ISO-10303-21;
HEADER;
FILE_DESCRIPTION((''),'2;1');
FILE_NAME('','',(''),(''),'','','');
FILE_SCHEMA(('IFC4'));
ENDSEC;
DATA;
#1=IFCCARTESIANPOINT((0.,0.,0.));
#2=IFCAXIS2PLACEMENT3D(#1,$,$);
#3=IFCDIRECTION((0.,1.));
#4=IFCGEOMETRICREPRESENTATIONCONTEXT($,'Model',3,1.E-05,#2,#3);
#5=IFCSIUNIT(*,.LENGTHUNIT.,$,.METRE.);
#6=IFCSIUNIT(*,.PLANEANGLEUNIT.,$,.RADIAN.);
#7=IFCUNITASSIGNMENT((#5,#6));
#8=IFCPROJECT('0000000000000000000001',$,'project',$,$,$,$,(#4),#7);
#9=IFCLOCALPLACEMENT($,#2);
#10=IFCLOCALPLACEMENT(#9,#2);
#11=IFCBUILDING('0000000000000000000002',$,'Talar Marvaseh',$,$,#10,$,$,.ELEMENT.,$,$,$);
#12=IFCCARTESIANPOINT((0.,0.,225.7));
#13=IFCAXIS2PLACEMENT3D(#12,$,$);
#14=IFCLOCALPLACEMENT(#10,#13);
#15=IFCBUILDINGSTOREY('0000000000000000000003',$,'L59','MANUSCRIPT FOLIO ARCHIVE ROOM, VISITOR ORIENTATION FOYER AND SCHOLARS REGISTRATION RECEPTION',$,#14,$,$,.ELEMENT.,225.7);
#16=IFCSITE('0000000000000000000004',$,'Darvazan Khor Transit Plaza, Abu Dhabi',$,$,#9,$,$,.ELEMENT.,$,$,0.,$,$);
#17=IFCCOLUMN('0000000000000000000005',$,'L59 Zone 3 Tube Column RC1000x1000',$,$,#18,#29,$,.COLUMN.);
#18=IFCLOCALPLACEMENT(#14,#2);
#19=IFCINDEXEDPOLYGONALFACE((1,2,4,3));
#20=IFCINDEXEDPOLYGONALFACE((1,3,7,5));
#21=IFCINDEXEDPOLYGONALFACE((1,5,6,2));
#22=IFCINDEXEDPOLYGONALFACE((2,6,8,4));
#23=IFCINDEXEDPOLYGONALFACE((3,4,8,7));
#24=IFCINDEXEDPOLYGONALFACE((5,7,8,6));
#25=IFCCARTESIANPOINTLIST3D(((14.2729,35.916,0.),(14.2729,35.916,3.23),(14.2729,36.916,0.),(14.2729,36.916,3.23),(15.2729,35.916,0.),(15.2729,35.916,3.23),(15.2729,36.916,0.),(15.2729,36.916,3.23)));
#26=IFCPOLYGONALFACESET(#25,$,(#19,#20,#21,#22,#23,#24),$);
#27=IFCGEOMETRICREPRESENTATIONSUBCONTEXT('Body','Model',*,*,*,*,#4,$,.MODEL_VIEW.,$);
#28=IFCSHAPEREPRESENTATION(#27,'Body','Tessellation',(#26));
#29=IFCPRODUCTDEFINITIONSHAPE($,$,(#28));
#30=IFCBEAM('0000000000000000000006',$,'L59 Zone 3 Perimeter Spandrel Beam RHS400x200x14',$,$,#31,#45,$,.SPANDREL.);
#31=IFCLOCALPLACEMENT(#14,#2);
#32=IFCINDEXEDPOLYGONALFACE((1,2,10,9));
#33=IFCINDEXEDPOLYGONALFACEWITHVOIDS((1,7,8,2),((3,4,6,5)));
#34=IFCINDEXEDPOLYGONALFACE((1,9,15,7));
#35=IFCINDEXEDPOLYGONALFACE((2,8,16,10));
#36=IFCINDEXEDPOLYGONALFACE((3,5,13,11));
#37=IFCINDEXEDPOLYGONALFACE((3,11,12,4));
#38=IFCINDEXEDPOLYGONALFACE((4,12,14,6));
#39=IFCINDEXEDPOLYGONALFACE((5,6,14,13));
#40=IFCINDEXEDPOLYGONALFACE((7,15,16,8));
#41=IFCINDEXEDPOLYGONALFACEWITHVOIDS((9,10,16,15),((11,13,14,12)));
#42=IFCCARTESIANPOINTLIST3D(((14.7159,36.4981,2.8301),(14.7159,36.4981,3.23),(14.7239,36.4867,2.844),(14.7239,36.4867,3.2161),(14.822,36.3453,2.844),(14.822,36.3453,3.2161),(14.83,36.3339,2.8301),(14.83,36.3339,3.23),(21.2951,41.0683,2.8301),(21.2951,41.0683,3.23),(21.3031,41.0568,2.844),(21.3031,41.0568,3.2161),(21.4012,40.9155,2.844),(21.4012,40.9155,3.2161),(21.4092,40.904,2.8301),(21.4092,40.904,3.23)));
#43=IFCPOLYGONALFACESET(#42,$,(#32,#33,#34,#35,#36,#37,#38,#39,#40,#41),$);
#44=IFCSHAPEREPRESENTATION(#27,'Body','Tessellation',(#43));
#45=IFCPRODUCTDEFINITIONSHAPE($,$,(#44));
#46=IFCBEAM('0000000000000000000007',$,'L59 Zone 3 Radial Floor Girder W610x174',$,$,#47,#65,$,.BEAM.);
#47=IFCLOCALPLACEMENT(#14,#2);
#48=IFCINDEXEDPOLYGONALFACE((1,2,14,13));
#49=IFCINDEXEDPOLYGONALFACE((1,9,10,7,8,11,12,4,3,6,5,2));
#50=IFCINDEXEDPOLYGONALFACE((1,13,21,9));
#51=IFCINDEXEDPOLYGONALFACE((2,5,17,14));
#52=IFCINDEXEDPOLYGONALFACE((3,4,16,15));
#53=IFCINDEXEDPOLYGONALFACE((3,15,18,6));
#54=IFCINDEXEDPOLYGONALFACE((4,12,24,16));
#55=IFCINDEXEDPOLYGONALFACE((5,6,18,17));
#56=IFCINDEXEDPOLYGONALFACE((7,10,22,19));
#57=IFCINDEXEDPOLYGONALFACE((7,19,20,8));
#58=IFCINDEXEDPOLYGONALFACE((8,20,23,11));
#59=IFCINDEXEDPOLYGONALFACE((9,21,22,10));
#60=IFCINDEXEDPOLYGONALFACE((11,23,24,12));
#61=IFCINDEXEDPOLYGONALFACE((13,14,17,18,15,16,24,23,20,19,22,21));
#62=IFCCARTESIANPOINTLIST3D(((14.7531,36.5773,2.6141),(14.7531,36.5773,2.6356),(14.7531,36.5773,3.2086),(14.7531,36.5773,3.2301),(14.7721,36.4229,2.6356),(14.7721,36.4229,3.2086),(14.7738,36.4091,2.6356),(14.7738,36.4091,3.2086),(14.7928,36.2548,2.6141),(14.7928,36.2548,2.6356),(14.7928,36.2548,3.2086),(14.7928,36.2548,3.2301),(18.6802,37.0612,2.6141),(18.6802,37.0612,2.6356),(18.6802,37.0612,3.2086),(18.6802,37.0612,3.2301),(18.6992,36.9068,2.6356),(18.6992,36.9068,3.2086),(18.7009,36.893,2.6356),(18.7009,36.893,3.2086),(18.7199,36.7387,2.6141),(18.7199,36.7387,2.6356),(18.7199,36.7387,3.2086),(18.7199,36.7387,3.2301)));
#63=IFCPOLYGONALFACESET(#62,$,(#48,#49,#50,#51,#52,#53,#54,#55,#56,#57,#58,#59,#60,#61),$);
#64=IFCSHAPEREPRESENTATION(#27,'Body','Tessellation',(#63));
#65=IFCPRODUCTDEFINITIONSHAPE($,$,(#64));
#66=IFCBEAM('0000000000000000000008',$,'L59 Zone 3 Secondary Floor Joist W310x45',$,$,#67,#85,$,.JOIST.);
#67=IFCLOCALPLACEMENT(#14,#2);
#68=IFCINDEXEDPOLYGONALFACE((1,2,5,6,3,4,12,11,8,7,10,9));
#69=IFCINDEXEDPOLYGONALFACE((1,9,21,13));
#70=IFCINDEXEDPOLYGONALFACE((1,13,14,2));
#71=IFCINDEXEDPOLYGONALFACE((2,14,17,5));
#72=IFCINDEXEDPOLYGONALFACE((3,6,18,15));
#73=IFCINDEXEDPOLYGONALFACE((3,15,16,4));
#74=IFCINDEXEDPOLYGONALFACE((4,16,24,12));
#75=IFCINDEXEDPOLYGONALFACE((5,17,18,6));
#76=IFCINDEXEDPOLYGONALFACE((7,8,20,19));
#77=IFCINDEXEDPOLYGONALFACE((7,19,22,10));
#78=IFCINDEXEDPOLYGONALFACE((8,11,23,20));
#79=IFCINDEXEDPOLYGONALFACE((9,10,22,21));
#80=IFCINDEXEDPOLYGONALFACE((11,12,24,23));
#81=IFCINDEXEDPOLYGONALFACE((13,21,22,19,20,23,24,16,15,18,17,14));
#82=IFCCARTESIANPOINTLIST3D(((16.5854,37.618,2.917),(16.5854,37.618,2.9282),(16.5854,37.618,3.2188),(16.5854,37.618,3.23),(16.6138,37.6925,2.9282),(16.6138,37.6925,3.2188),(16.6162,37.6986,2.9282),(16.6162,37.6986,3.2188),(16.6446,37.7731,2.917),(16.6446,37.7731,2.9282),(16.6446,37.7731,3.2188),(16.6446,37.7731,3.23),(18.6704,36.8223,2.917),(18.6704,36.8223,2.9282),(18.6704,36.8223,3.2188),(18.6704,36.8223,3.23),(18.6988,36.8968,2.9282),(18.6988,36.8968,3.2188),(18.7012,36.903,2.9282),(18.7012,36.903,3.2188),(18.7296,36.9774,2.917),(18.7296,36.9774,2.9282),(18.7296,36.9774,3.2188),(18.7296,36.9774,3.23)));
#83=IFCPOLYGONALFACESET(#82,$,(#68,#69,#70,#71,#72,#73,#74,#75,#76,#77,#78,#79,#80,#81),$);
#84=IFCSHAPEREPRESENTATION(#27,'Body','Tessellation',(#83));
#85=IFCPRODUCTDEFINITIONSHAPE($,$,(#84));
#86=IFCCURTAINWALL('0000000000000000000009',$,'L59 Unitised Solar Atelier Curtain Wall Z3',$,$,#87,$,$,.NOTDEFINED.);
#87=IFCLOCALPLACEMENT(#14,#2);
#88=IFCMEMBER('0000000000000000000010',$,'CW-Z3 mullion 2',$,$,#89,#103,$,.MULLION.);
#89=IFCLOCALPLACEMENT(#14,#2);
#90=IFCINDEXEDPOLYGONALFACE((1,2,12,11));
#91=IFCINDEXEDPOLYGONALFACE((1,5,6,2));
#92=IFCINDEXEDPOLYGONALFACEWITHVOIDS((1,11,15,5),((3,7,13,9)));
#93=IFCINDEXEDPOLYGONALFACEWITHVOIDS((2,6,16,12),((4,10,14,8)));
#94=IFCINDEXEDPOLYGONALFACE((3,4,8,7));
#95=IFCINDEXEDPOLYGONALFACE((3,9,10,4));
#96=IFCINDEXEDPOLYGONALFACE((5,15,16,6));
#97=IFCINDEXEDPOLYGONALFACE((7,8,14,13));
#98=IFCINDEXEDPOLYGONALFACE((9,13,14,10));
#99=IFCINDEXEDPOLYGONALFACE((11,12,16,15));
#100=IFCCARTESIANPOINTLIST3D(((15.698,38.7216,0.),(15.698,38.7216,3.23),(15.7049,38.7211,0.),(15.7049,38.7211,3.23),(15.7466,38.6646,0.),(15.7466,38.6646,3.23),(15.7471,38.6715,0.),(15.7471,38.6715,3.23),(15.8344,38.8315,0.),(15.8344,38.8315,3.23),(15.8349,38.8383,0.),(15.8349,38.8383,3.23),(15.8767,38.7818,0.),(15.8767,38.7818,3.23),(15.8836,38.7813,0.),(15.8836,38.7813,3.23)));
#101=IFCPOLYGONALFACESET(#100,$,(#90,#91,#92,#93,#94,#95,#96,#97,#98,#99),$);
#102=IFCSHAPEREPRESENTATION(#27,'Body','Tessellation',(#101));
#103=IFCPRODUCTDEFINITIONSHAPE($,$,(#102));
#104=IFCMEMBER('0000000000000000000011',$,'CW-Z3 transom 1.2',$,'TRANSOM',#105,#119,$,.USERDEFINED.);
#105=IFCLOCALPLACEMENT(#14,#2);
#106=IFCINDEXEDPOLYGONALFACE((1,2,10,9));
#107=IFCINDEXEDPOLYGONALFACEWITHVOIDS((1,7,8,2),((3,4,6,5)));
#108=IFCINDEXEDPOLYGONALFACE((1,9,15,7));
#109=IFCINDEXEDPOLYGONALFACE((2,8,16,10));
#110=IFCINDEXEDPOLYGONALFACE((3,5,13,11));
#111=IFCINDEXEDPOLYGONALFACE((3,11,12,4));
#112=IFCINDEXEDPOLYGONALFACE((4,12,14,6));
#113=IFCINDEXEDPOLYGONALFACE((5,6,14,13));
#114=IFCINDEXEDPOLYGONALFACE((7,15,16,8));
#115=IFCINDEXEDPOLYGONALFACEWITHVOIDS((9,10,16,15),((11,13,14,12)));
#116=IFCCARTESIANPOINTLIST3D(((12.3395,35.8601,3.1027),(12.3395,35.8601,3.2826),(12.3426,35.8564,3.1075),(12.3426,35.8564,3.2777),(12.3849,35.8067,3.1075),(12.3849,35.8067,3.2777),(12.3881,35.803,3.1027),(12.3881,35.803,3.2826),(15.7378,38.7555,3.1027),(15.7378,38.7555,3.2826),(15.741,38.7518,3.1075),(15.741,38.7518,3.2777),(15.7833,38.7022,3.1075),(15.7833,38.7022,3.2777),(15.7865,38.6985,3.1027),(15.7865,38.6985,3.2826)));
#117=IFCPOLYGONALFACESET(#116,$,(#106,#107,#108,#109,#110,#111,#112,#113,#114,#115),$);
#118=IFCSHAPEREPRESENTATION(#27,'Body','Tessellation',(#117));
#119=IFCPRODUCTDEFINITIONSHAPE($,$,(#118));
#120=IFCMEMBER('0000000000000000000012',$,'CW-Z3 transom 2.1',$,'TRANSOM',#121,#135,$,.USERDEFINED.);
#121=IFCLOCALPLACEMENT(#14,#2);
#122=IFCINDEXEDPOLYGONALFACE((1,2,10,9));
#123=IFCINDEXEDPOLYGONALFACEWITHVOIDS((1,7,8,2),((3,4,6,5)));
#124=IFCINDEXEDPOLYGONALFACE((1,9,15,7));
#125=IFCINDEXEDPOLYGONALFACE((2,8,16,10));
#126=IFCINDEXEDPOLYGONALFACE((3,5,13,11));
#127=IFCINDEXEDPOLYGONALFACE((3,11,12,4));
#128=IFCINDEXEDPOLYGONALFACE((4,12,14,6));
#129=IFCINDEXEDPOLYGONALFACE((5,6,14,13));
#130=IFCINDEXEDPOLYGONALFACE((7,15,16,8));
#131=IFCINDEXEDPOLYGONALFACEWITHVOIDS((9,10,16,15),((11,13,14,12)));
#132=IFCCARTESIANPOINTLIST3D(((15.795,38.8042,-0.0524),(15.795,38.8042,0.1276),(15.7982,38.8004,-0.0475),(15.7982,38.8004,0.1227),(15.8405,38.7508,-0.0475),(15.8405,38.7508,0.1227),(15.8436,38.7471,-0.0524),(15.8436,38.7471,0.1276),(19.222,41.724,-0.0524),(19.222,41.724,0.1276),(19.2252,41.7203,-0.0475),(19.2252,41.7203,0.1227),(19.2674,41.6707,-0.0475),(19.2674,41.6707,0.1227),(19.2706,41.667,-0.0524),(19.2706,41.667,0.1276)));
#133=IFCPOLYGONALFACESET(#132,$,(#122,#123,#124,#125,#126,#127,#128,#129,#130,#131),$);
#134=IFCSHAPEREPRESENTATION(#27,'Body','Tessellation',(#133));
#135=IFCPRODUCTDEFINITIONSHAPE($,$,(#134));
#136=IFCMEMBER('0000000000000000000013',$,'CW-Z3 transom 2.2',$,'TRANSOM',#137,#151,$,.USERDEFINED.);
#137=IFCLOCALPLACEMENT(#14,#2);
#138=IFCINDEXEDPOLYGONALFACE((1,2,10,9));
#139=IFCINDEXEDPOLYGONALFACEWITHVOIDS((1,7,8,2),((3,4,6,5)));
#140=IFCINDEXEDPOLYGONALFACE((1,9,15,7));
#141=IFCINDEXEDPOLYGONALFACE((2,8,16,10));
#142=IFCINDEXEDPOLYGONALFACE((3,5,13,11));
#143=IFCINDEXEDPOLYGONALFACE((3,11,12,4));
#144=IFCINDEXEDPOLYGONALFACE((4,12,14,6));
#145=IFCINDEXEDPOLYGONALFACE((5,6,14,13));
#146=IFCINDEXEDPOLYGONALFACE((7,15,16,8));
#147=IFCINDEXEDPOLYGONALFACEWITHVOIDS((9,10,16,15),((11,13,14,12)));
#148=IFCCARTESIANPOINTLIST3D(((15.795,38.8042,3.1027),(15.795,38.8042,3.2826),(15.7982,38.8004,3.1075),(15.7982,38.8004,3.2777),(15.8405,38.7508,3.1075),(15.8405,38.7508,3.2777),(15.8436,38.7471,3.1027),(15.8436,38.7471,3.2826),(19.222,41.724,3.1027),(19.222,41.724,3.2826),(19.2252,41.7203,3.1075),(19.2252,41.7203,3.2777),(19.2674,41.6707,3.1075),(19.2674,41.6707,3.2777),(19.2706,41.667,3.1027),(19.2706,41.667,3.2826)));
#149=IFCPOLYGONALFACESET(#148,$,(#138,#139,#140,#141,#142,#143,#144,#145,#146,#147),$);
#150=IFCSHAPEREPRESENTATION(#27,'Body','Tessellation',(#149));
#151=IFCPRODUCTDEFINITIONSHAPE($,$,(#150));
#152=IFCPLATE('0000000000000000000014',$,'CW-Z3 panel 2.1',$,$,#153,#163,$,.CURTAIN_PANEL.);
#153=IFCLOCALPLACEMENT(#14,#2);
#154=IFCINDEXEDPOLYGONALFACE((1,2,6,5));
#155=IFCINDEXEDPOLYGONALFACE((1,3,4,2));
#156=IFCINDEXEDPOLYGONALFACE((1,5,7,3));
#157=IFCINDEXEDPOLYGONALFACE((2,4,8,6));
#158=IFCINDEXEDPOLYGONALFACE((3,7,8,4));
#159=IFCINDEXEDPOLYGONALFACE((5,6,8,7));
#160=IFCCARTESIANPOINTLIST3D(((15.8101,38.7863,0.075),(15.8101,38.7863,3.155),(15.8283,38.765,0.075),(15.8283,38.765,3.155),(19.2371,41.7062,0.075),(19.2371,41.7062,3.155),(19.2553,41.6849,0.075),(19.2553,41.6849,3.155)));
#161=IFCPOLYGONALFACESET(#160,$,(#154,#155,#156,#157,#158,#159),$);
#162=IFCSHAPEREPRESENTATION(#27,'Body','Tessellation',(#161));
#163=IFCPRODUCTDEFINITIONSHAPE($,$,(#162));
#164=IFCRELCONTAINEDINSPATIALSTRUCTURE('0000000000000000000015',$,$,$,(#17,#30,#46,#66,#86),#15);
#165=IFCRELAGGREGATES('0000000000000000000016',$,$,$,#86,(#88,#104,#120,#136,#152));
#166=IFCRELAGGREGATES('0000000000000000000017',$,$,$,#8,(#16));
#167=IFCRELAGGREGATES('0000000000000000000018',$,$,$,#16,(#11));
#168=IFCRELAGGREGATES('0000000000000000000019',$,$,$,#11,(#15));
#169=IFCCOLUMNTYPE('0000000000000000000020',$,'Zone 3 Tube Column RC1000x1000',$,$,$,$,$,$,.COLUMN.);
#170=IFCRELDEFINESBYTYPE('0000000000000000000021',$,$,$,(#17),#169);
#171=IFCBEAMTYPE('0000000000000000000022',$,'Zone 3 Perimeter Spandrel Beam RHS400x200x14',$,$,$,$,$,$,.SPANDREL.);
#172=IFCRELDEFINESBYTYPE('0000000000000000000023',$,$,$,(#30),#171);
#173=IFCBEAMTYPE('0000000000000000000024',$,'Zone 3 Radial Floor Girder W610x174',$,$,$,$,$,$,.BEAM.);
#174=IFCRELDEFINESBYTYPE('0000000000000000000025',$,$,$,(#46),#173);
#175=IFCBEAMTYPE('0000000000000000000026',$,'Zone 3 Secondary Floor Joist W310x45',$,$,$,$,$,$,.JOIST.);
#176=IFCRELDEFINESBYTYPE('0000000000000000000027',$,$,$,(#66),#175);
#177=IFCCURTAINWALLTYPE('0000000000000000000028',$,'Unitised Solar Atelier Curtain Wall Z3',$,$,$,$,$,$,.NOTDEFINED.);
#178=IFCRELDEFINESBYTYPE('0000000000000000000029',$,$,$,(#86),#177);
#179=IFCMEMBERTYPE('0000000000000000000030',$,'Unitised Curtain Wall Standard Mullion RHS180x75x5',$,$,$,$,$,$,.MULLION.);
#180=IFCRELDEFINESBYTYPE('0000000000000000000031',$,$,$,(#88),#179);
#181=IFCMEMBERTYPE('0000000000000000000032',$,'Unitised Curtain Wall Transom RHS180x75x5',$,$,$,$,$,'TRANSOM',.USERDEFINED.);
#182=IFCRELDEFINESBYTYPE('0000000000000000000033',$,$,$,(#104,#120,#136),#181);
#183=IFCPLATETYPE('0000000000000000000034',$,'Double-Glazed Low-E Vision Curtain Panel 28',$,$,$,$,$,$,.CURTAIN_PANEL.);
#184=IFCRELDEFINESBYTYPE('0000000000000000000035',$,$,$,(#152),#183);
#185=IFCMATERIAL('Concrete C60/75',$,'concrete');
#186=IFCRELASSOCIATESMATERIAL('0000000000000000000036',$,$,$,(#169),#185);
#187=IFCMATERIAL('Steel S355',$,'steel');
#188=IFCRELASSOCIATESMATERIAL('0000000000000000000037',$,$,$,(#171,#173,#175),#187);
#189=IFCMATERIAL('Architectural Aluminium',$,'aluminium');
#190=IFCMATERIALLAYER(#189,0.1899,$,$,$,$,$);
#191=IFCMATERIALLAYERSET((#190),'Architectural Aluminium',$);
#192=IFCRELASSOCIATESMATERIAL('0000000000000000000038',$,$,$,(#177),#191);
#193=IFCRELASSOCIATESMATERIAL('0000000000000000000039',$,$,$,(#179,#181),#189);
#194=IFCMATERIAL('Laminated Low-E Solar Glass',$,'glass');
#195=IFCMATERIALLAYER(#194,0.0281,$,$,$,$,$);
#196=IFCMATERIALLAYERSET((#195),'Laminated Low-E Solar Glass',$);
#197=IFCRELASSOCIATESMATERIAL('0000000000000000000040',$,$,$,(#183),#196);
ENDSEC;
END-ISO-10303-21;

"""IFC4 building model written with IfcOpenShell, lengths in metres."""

from ifc_helpers import new_model, si_unit, direction, frame, origin, origin_2d, place, context, subcontext, project, spatial, rectangle, hollow_rectangle, i_section, extrude, source, transform, mapped, material, layer, layer_set, material_profile, profile_set, type_object, type_shapes, element, aggregate, save


model = new_model("IFC4")

# Units and contexts
model_context = context("Model", 3, precision=1e-05, world=origin(), true_north=direction((0.0, 1.0)))
body_context = subcontext(model_context, "Body", "Model", "MODEL_VIEW")
ifc_project = project(units=[si_unit("LENGTHUNIT", "METRE"), si_unit("PLANEANGLEUNIT", "RADIAN")], contexts=[model_context])

# Site, building, storey
site_placement = place(None, origin())
site = spatial("IfcSite", under=ifc_project, at=site_placement, Name="Darvazan Khor Transit Plaza, Abu Dhabi", CompositionType="ELEMENT", RefElevation=0.0)
building_placement = place(site_placement, origin())
building = spatial("IfcBuilding", under=site, at=building_placement, Name="Talar Marvaseh", CompositionType="ELEMENT")
storey_placement = place(building_placement, frame((0.0, 0.0, 225.7)))
storey = spatial("IfcBuildingStorey", under=building, at=storey_placement, Name="L59", Description="MANUSCRIPT FOLIO ARCHIVE ROOM, VISITOR ORIENTATION FOYER AND SCHOLARS REGISTRATION RECEPTION", CompositionType="ELEMENT", Elevation=225.7)

# Column
ifc_material_1 = material(Name="Concrete C60/75", Category="concrete")
ifc_material_profile_1 = material_profile(ifc_material_1, rectangle(XDim=1.0, YDim=1.0, at=origin_2d()), Name="RC1000x1000")
ifc_profile_set_1 = profile_set([ifc_material_profile_1], Name="Concrete C60/75")
column_type = type_object("IfcColumnType", Name="Zone 3 Tube Column RC1000x1000", PredefinedType="COLUMN", material=ifc_profile_set_1)
column_placement = place(storey_placement, frame((14.7729, 36.416, 0.0), z_axis=(0.0, 0.0, 1.0), x_axis=(1.0, 0.0, 0.0)))
element("IfcColumn", 1, at=column_placement, inside=storey, type_object=column_type, Name="L59 Zone 3 Tube Column RC1000x1000", PredefinedType="COLUMN", context=body_context, shape_type="SweptSolid", body=[
    extrude(rectangle(XDim=1.0, YDim=1.0, at=origin_2d()), origin(), (0.0, 0.0, 1.0), 3.23),
])

# Beams
ifc_material_2 = material(Name="Steel S355", Category="steel")
ifc_material_profile_2 = material_profile(ifc_material_2, hollow_rectangle(XDim=0.2, YDim=0.3999, WallThickness=0.0139, at=origin_2d()), Name="RHS400x200x14")
ifc_profile_set_2 = profile_set([ifc_material_profile_2], Name="Steel S355")
beam_type_1 = type_object("IfcBeamType", Name="Zone 3 Perimeter Spandrel Beam RHS400x200x14", PredefinedType="SPANDREL", material=ifc_profile_set_2)
beam_1_placement = place(storey_placement, frame((14.7729, 36.416, 3.03), z_axis=(0.821297, 0.570501, 0.0), x_axis=(-0.570501, 0.821297, 0.0)))
element("IfcBeam", 2, at=beam_1_placement, inside=storey, type_object=beam_type_1, Name="L59 Zone 3 Perimeter Spandrel Beam RHS400x200x14", PredefinedType="SPANDREL", context=body_context, shape_type="SweptSolid", body=[
    extrude(hollow_rectangle(XDim=0.2, YDim=0.3999, WallThickness=0.0139, at=origin_2d()), origin(), (0.0, 0.0, 1.0), 8.0107),
])
ifc_material_profile_3 = material_profile(ifc_material_2, i_section(OverallWidth=0.325, OverallDepth=0.616, WebThickness=0.0139, FlangeThickness=0.0215, at=origin_2d()), Name="W610x174")
ifc_profile_set_3 = profile_set([ifc_material_profile_3], Name="Steel S355")
beam_type_2 = type_object("IfcBeamType", Name="Zone 3 Radial Floor Girder W610x174", PredefinedType="BEAM", material=ifc_profile_set_3)
beam_2_placement = place(storey_placement, frame((14.7729, 36.416, 2.9221), z_axis=(0.992494, 0.122295, 0.0), x_axis=(-0.122295, 0.992494, 0.0)))
element("IfcBeam", 3, at=beam_2_placement, inside=storey, type_object=beam_type_2, Name="L59 Zone 3 Radial Floor Girder W610x174", PredefinedType="BEAM", context=body_context, shape_type="SweptSolid", body=[
    extrude(i_section(OverallWidth=0.325, OverallDepth=0.616, WebThickness=0.0139, FlangeThickness=0.0215, at=origin_2d()), origin(), (0.0, 0.0, 1.0), 3.9568),
])
ifc_material_profile_4 = material_profile(ifc_material_2, i_section(OverallWidth=0.166, OverallDepth=0.313, WebThickness=0.0066, FlangeThickness=0.0112, at=origin_2d()), Name="W310x45")
ifc_profile_set_4 = profile_set([ifc_material_profile_4], Name="Steel S355")
beam_type_3 = type_object("IfcBeamType", Name="Zone 3 Secondary Floor Joist W310x45", PredefinedType="JOIST", material=ifc_profile_set_4)
beam_3_placement = place(storey_placement, frame((16.615, 37.6956, 3.0735), z_axis=(0.934281, -0.356537, 0.0), x_axis=(0.356537, 0.934281, 0.0)))
element("IfcBeam", 4, at=beam_3_placement, inside=storey, type_object=beam_type_3, Name="L59 Zone 3 Secondary Floor Joist W310x45", PredefinedType="JOIST", context=body_context, shape_type="SweptSolid", body=[
    extrude(i_section(OverallWidth=0.166, OverallDepth=0.313, WebThickness=0.0066, FlangeThickness=0.0112, at=origin_2d()), origin(), (0.0, 0.0, 1.0), 2.2317),
])

# Curtain wall, members, plate
ifc_material_3 = material(Name="Architectural Aluminium", Category="aluminium")
ifc_layer_1 = layer(ifc_material_3, 0.1899)
ifc_layer_set_1 = layer_set([ifc_layer_1], Name="Architectural Aluminium")
curtain_wall_type = type_object("IfcCurtainWallType", Name="Unitised Solar Atelier Curtain Wall Z3", PredefinedType="NOTDEFINED", material=ifc_layer_set_1)
curtain_wall_placement = place(storey_placement, origin())
curtain_wall = element("IfcCurtainWall", 5, at=curtain_wall_placement, inside=storey, type_object=curtain_wall_type, Name="L59 Unitised Solar Atelier Curtain Wall Z3", PredefinedType="NOTDEFINED")
ifc_material_profile_5 = material_profile(ifc_material_3, hollow_rectangle(XDim=0.075, YDim=0.1799, WallThickness=0.0049, at=origin_2d()), Name="RHS180x75x5")
ifc_profile_set_5 = profile_set([ifc_material_profile_5], Name="Architectural Aluminium")
member_type_1 = type_object("IfcMemberType", Name="Unitised Curtain Wall Standard Mullion RHS180x75x5", PredefinedType="MULLION", material=ifc_profile_set_5)
shared_shape_1 = source(origin(), body_context, "Body", "SweptSolid", [
    extrude(hollow_rectangle(XDim=0.075, YDim=0.1799, WallThickness=0.0049, at=origin_2d()), origin(), (0.0, 0.0, 1.0), 3.23),
])
type_shapes(member_type_1, [shared_shape_1])
member_1_placement = place(storey_placement, frame((15.7908, 38.7515, 0.0), z_axis=(0.0, 0.0, 1.0), x_axis=(-0.648546, 0.761176, 0.0)))
member_1 = element("IfcMember", 6, at=member_1_placement, type_object=member_type_1, Name="CW-Z3 mullion 2", PredefinedType="MULLION", context=body_context, shape_type="MappedRepresentation", body=[
    mapped(shared_shape_1, transform((0.0, 0.0, 0.0), x_axis=(1.0, 0.0, 0.0), y_axis=(0.0, 1.0, 0.0), z_axis=(0.0, 0.0, 1.0), scale=1.0)),
])
ifc_material_profile_6 = material_profile(ifc_material_3, hollow_rectangle(XDim=0.075, YDim=0.1799, WallThickness=0.0049, at=origin_2d()), Name="RHS180x75x5")
ifc_profile_set_6 = profile_set([ifc_material_profile_6], Name="Architectural Aluminium")
member_type_2 = type_object("IfcMemberType", Name="Unitised Curtain Wall Transom RHS180x75x5", ElementType="TRANSOM", PredefinedType="USERDEFINED", material=ifc_profile_set_6)
shared_shape_2 = source(origin(), body_context, "Body", "SweptSolid", [
    extrude(hollow_rectangle(XDim=0.075, YDim=0.1799, WallThickness=0.0049, at=origin_2d()), origin(), (0.0, 0.0, 1.0), 4.4646),
])
member_2_placement = place(storey_placement, frame((12.3638, 35.8315, 3.1926), z_axis=(0.761183, 0.648537, 0.0), x_axis=(-0.648537, 0.761183, 0.0)))
member_2 = element("IfcMember", 7, at=member_2_placement, type_object=member_type_2, Name="CW-Z3 transom 1.2", ObjectType="TRANSOM", PredefinedType="USERDEFINED", context=body_context, shape_type="MappedRepresentation", body=[
    mapped(shared_shape_2, transform((0.0, 0.0, 0.0), x_axis=(1.0, 0.0, 0.0), y_axis=(0.0, 1.0, 0.0), z_axis=(0.0, 0.0, 1.0), scale=1.0)),
])
shared_shape_3 = source(origin(), body_context, "Body", "SweptSolid", [
    extrude(hollow_rectangle(XDim=0.075, YDim=0.1799, WallThickness=0.0049, at=origin_2d()), origin(), (0.0, 0.0, 1.0), 4.5022),
])
type_shapes(member_type_2, [shared_shape_2, shared_shape_3])
member_3_placement = place(storey_placement, frame((15.8193, 38.7756, 0.0376), z_axis=(0.761175, 0.648547, 0.0), x_axis=(-0.648547, 0.761175, 0.0)))
member_3 = element("IfcMember", 8, at=member_3_placement, type_object=member_type_2, Name="CW-Z3 transom 2.1", ObjectType="TRANSOM", PredefinedType="USERDEFINED", context=body_context, shape_type="MappedRepresentation", body=[
    mapped(shared_shape_3, transform((0.0, 0.0, 0.0), x_axis=(1.0, 0.0, 0.0), y_axis=(0.0, 1.0, 0.0), z_axis=(0.0, 0.0, 1.0), scale=1.0)),
])
member_4_placement = place(storey_placement, frame((15.8193, 38.7756, 3.1926), z_axis=(0.761175, 0.648547, 0.0), x_axis=(-0.648547, 0.761175, 0.0)))
member_4 = element("IfcMember", 9, at=member_4_placement, type_object=member_type_2, Name="CW-Z3 transom 2.2", ObjectType="TRANSOM", PredefinedType="USERDEFINED", context=body_context, shape_type="MappedRepresentation", body=[
    mapped(shared_shape_3, transform((0.0, 0.0, 0.0), x_axis=(1.0, 0.0, 0.0), y_axis=(0.0, 1.0, 0.0), z_axis=(0.0, 0.0, 1.0), scale=1.0)),
])
ifc_material_4 = material(Name="Laminated Low-E Solar Glass", Category="glass")
ifc_layer_2 = layer(ifc_material_4, 0.0281)
ifc_layer_set_2 = layer_set([ifc_layer_2], Name="Laminated Low-E Solar Glass")
plate_type = type_object("IfcPlateType", Name="Double-Glazed Low-E Vision Curtain Panel 28", PredefinedType="CURTAIN_PANEL", material=ifc_layer_set_2)
shared_shape_4 = source(origin(), body_context, "Body", "SweptSolid", [
    extrude(rectangle(XDim=4.5022, YDim=0.0281, at=origin_2d()), origin(), (0.0, 0.0, 1.0), 3.0801),
])
plate_1_placement = place(storey_placement, frame((17.5327, 40.2356, 0.075), z_axis=(0.0, 0.0, 1.0), x_axis=(0.761176, 0.648546, 0.0)))
plate_1 = element("IfcPlate", 10, at=plate_1_placement, type_object=plate_type, Name="CW-Z3 panel 2.1", PredefinedType="CURTAIN_PANEL", context=body_context, shape_type="MappedRepresentation", body=[
    mapped(shared_shape_4, transform((0.0, 0.0, 0.0), x_axis=(1.0, 0.0, 0.0), y_axis=(0.0, 1.0, 0.0), z_axis=(0.0, 0.0, 1.0), scale=1.0)),
])
aggregate(curtain_wall, [member_1, member_2, member_3, member_4, plate_1])

save(model, "model.ifc")
